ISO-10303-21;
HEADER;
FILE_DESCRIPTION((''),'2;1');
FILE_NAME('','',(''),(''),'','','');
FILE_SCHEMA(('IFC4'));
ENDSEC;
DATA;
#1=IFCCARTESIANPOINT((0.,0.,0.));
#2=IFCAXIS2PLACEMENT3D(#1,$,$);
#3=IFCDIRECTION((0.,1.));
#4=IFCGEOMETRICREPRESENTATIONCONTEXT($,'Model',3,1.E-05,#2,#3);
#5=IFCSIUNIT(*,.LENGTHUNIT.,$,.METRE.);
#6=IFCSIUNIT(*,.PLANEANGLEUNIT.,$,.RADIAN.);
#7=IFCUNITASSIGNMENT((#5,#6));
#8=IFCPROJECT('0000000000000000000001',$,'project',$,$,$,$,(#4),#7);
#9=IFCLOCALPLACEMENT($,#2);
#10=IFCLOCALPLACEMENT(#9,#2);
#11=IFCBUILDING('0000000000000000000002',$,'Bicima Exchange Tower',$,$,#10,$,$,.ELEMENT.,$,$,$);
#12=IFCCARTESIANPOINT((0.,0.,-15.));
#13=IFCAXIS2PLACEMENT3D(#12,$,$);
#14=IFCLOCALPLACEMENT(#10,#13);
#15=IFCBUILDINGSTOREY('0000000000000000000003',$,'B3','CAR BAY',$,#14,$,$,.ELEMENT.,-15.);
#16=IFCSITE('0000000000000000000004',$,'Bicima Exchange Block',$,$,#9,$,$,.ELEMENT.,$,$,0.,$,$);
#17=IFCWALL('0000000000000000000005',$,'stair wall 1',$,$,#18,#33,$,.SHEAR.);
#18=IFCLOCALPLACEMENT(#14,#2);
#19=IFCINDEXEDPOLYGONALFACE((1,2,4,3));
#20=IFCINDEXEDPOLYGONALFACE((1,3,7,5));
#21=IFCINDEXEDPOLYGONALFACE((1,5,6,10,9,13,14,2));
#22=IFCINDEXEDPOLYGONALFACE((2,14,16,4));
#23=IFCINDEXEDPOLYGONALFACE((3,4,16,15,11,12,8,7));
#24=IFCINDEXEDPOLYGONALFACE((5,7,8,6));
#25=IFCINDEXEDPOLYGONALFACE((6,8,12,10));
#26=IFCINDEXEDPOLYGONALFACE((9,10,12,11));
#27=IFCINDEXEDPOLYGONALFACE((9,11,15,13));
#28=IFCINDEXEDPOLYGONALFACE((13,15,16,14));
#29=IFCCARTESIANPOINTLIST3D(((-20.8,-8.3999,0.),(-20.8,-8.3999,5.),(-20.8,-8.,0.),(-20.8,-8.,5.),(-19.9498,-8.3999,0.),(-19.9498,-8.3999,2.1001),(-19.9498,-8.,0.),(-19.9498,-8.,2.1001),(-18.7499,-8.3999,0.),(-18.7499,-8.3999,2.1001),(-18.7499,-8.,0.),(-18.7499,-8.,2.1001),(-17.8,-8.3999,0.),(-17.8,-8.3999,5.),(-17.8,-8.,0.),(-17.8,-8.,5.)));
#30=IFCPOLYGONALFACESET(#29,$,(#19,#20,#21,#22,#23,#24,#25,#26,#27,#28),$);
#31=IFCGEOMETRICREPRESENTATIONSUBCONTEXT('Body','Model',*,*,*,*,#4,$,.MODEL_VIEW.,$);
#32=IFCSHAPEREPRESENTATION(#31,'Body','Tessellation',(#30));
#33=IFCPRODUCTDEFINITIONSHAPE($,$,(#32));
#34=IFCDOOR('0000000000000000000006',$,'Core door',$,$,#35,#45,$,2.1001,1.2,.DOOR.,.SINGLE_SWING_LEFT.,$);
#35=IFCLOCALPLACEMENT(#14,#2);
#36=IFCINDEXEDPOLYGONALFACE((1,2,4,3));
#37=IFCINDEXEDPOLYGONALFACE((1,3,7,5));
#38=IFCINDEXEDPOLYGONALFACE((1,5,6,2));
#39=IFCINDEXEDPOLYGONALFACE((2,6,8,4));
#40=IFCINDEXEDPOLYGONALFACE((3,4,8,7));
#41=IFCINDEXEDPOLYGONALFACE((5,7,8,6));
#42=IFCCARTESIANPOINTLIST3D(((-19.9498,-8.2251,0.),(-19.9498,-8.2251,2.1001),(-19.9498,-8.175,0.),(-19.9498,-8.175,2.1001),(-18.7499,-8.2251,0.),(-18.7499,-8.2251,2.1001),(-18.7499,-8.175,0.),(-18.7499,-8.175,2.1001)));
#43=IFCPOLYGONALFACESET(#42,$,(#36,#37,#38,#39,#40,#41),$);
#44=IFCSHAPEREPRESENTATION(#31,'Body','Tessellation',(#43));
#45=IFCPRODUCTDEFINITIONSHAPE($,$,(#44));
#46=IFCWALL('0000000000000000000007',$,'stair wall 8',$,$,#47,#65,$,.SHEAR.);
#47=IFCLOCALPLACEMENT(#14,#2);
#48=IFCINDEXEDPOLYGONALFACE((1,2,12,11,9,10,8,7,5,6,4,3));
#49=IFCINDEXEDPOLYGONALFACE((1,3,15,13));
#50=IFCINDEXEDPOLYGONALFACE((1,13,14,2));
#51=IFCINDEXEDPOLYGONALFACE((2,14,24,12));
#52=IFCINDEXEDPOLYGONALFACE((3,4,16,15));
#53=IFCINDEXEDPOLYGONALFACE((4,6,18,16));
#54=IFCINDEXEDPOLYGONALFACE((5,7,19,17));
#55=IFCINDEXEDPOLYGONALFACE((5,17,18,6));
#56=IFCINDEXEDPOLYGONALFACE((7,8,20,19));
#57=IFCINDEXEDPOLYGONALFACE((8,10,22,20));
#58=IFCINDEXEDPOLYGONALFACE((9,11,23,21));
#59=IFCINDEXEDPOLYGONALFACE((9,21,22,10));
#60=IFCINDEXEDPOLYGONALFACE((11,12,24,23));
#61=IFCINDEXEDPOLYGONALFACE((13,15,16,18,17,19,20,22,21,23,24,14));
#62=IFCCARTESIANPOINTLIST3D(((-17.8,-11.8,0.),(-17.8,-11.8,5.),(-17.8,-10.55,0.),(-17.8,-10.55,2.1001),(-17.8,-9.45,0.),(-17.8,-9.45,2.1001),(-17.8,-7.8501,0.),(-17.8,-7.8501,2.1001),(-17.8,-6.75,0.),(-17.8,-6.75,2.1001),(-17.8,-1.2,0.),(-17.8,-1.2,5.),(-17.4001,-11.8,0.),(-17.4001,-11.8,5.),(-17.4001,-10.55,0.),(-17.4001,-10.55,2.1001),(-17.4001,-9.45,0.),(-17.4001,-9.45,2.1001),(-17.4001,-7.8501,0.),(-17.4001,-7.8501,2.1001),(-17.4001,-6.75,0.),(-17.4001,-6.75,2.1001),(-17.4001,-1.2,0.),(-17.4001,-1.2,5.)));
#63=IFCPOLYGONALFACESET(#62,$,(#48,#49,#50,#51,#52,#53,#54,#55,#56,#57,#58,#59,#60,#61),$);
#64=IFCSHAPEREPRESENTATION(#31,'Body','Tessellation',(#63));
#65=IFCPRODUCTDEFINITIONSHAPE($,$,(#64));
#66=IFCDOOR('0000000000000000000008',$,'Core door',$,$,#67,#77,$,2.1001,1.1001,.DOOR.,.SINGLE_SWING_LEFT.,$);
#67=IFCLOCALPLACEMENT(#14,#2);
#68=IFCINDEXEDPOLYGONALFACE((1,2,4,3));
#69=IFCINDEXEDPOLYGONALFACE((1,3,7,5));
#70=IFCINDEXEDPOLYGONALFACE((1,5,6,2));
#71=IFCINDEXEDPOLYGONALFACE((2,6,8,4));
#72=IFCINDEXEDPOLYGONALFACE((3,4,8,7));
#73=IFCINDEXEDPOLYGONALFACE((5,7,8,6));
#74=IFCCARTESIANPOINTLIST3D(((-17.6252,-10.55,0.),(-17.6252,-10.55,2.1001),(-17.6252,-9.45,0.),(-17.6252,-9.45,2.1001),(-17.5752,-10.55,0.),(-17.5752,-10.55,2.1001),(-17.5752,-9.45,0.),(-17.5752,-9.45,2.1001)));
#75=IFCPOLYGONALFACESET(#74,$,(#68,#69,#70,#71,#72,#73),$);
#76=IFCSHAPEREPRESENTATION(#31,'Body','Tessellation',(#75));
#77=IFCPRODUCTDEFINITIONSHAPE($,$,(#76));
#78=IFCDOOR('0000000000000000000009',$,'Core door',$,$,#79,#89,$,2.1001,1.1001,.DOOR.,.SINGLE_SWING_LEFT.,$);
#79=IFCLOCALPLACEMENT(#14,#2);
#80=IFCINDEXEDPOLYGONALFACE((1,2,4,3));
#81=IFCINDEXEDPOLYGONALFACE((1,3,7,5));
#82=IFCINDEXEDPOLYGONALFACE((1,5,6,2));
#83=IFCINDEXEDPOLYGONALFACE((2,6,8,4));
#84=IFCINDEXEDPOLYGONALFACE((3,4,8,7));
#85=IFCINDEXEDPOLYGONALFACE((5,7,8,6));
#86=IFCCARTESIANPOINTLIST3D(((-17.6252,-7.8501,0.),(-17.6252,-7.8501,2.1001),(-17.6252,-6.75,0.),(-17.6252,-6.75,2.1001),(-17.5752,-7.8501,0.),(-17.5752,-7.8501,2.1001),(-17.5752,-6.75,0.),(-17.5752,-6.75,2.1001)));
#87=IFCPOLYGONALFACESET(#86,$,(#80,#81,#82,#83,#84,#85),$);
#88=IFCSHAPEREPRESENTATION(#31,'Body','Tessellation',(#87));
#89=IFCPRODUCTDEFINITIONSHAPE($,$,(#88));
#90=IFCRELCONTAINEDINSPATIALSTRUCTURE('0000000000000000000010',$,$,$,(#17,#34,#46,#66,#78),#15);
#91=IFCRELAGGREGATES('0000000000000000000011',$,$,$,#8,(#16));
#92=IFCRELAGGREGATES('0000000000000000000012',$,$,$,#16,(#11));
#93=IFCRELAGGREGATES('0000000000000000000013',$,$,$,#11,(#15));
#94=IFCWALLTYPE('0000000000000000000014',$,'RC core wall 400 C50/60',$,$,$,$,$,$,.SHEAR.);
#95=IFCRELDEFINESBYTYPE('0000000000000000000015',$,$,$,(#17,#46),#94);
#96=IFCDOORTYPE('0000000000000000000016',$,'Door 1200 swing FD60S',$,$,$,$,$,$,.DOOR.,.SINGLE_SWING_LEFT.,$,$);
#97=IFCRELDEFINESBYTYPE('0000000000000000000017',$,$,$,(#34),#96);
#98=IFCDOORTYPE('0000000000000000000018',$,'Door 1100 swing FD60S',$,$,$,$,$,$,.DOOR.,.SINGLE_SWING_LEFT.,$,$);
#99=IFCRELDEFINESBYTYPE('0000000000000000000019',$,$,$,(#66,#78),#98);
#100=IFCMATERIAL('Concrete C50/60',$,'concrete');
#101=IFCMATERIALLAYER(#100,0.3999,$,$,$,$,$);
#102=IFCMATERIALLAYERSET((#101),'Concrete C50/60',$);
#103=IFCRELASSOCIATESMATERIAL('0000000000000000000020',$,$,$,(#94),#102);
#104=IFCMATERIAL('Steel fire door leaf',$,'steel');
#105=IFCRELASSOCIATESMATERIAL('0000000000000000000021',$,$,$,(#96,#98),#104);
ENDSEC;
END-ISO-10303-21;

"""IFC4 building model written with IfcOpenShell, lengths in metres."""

from ifc_helpers import new_model, si_unit, direction, frame, frame_2d, origin, place, context, subcontext, project, spatial, rectangle, extrude, material, layer, layer_set, type_object, element, fill, save


model = new_model("IFC4")

# Units and contexts
model_context = context("Model", 3, precision=1e-05, world=origin(), true_north=direction((0.0, 1.0)))
body_context = subcontext(model_context, "Body", "Model", "MODEL_VIEW")
ifc_project = project(units=[si_unit("LENGTHUNIT", "METRE"), si_unit("PLANEANGLEUNIT", "RADIAN")], contexts=[model_context])

# Site, building, storey
site_placement = place(None, origin())
site = spatial("IfcSite", under=ifc_project, at=site_placement, Name="Bicima Exchange Block", CompositionType="ELEMENT", RefElevation=0.0)
building_placement = place(site_placement, origin())
building = spatial("IfcBuilding", under=site, at=building_placement, Name="Bicima Exchange Tower", CompositionType="ELEMENT")
storey_placement = place(building_placement, frame((0.0, 0.0, -15.0)))
storey = spatial("IfcBuildingStorey", under=building, at=storey_placement, Name="B3", Description="CAR BAY", CompositionType="ELEMENT", Elevation=-15.0)

# Wall, opening, door
ifc_material_1 = material(Name="Concrete C50/60", Category="concrete")
ifc_material_2 = material(Name="Steel fire door leaf", Category="steel")
ifc_layer_1 = layer(ifc_material_1, 0.3999)
ifc_layer_set_1 = layer_set([ifc_layer_1], Name="Concrete C50/60")
wall_type_1 = type_object("IfcWallType", Name="RC core wall 400 C50/60", PredefinedType="SHEAR", material=ifc_layer_set_1)
wall_1_placement = place(storey_placement, frame((-20.8, -8.2, 0.0), z_axis=(0.0, 0.0, 1.0), x_axis=(1.0, 0.0, 0.0)))
wall_1 = element("IfcWall", 1, at=wall_1_placement, inside=storey, type_object=wall_type_1, Name="stair wall 1", PredefinedType="SHEAR", context=body_context, shape_type="SweptSolid", body=[
    extrude(rectangle(XDim=3.0, YDim=0.3999, at=frame_2d((1.5, 0.0))), origin(), (0.0, 0.0, 1.0), 5.0),
])
opening_1_placement = place(wall_1_placement, frame((0.8501, 0.0, 0.0)))
opening_1 = element("IfcOpeningElement", 2, at=opening_1_placement, cuts=wall_1, PredefinedType="OPENING", context=body_context, shape_type="SweptSolid", body=[
    extrude(rectangle(XDim=1.2, YDim=2.1001, at=frame_2d((0.6001, 1.05))), frame((0.0, 0.2119, 0.0), z_axis=(0.0, -1.0, 0.0), x_axis=(1.0, 0.0, 0.0)), (0.0, 0.0, 1.0), 0.4238),
])
door_type_1 = type_object("IfcDoorType", Name="Door 1200 swing FD60S", OperationType="SINGLE_SWING_LEFT", PredefinedType="DOOR", material=ifc_material_2)
door_1_placement = place(opening_1_placement, origin())
door_1 = element("IfcDoor", 3, at=door_1_placement, inside=storey, type_object=door_type_1, Name="Core door", OperationType="SINGLE_SWING_LEFT", OverallHeight=2.1001, OverallWidth=1.2, PredefinedType="DOOR", context=body_context, shape_type="SweptSolid", body=[
    extrude(rectangle(XDim=1.2, YDim=2.1001, at=frame_2d((0.6001, 1.05))), frame((0.0, 0.0249, 0.0), z_axis=(0.0, -1.0, 0.0), x_axis=(1.0, 0.0, 0.0)), (0.0, 0.0, 1.0), 0.05),
])
fill(opening_1, door_1)

# Wall, openings, doors
wall_2_placement = place(storey_placement, frame((-17.6001, -11.8, 0.0), z_axis=(0.0, 0.0, 1.0), x_axis=(0.0, 1.0, 0.0)))
wall_2 = element("IfcWall", 4, at=wall_2_placement, inside=storey, type_object=wall_type_1, Name="stair wall 8", PredefinedType="SHEAR", context=body_context, shape_type="SweptSolid", body=[
    extrude(rectangle(XDim=10.6001, YDim=0.3999, at=frame_2d((5.3, 0.0))), origin(), (0.0, 0.0, 1.0), 5.0),
])
opening_2_placement = place(wall_2_placement, frame((1.25, 0.0, 0.0)))
opening_2 = element("IfcOpeningElement", 5, at=opening_2_placement, cuts=wall_2, PredefinedType="OPENING", context=body_context, shape_type="SweptSolid", body=[
    extrude(rectangle(XDim=1.1001, YDim=2.1001, at=frame_2d((0.55, 1.05))), frame((0.0, 0.2119, 0.0), z_axis=(0.0, -1.0, 0.0), x_axis=(1.0, 0.0, 0.0)), (0.0, 0.0, 1.0), 0.4238),
])
opening_3_placement = place(wall_2_placement, frame((3.95, 0.0, 0.0)))
opening_3 = element("IfcOpeningElement", 6, at=opening_3_placement, cuts=wall_2, PredefinedType="OPENING", context=body_context, shape_type="SweptSolid", body=[
    extrude(rectangle(XDim=1.1001, YDim=2.1001, at=frame_2d((0.55, 1.05))), frame((0.0, 0.2119, 0.0), z_axis=(0.0, -1.0, 0.0), x_axis=(1.0, 0.0, 0.0)), (0.0, 0.0, 1.0), 0.4238),
])
door_type_2 = type_object("IfcDoorType", Name="Door 1100 swing FD60S", OperationType="SINGLE_SWING_LEFT", PredefinedType="DOOR", material=ifc_material_2)
door_2_placement = place(opening_2_placement, frame((1.1001, 0.0, 0.0), z_axis=(0.0, 0.0, 1.0), x_axis=(-1.0, 0.0, 0.0)))
door_2 = element("IfcDoor", 7, at=door_2_placement, inside=storey, type_object=door_type_2, Name="Core door", OperationType="SINGLE_SWING_LEFT", OverallHeight=2.1001, OverallWidth=1.1001, PredefinedType="DOOR", context=body_context, shape_type="SweptSolid", body=[
    extrude(rectangle(XDim=1.1001, YDim=2.1001, at=frame_2d((0.55, 1.05))), frame((0.0, 0.0249, 0.0), z_axis=(0.0, -1.0, 0.0), x_axis=(1.0, 0.0, 0.0)), (0.0, 0.0, 1.0), 0.05),
])
fill(opening_2, door_2)
door_3_placement = place(opening_3_placement, frame((1.1001, 0.0, 0.0), z_axis=(0.0, 0.0, 1.0), x_axis=(-1.0, 0.0, 0.0)))
door_3 = element("IfcDoor", 8, at=door_3_placement, inside=storey, type_object=door_type_2, Name="Core door", OperationType="SINGLE_SWING_LEFT", OverallHeight=2.1001, OverallWidth=1.1001, PredefinedType="DOOR", context=body_context, shape_type="SweptSolid", body=[
    extrude(rectangle(XDim=1.1001, YDim=2.1001, at=frame_2d((0.55, 1.05))), frame((0.0, 0.0249, 0.0), z_axis=(0.0, -1.0, 0.0), x_axis=(1.0, 0.0, 0.0)), (0.0, 0.0, 1.0), 0.05),
])
fill(opening_3, door_3)

save(model, "model.ifc")
